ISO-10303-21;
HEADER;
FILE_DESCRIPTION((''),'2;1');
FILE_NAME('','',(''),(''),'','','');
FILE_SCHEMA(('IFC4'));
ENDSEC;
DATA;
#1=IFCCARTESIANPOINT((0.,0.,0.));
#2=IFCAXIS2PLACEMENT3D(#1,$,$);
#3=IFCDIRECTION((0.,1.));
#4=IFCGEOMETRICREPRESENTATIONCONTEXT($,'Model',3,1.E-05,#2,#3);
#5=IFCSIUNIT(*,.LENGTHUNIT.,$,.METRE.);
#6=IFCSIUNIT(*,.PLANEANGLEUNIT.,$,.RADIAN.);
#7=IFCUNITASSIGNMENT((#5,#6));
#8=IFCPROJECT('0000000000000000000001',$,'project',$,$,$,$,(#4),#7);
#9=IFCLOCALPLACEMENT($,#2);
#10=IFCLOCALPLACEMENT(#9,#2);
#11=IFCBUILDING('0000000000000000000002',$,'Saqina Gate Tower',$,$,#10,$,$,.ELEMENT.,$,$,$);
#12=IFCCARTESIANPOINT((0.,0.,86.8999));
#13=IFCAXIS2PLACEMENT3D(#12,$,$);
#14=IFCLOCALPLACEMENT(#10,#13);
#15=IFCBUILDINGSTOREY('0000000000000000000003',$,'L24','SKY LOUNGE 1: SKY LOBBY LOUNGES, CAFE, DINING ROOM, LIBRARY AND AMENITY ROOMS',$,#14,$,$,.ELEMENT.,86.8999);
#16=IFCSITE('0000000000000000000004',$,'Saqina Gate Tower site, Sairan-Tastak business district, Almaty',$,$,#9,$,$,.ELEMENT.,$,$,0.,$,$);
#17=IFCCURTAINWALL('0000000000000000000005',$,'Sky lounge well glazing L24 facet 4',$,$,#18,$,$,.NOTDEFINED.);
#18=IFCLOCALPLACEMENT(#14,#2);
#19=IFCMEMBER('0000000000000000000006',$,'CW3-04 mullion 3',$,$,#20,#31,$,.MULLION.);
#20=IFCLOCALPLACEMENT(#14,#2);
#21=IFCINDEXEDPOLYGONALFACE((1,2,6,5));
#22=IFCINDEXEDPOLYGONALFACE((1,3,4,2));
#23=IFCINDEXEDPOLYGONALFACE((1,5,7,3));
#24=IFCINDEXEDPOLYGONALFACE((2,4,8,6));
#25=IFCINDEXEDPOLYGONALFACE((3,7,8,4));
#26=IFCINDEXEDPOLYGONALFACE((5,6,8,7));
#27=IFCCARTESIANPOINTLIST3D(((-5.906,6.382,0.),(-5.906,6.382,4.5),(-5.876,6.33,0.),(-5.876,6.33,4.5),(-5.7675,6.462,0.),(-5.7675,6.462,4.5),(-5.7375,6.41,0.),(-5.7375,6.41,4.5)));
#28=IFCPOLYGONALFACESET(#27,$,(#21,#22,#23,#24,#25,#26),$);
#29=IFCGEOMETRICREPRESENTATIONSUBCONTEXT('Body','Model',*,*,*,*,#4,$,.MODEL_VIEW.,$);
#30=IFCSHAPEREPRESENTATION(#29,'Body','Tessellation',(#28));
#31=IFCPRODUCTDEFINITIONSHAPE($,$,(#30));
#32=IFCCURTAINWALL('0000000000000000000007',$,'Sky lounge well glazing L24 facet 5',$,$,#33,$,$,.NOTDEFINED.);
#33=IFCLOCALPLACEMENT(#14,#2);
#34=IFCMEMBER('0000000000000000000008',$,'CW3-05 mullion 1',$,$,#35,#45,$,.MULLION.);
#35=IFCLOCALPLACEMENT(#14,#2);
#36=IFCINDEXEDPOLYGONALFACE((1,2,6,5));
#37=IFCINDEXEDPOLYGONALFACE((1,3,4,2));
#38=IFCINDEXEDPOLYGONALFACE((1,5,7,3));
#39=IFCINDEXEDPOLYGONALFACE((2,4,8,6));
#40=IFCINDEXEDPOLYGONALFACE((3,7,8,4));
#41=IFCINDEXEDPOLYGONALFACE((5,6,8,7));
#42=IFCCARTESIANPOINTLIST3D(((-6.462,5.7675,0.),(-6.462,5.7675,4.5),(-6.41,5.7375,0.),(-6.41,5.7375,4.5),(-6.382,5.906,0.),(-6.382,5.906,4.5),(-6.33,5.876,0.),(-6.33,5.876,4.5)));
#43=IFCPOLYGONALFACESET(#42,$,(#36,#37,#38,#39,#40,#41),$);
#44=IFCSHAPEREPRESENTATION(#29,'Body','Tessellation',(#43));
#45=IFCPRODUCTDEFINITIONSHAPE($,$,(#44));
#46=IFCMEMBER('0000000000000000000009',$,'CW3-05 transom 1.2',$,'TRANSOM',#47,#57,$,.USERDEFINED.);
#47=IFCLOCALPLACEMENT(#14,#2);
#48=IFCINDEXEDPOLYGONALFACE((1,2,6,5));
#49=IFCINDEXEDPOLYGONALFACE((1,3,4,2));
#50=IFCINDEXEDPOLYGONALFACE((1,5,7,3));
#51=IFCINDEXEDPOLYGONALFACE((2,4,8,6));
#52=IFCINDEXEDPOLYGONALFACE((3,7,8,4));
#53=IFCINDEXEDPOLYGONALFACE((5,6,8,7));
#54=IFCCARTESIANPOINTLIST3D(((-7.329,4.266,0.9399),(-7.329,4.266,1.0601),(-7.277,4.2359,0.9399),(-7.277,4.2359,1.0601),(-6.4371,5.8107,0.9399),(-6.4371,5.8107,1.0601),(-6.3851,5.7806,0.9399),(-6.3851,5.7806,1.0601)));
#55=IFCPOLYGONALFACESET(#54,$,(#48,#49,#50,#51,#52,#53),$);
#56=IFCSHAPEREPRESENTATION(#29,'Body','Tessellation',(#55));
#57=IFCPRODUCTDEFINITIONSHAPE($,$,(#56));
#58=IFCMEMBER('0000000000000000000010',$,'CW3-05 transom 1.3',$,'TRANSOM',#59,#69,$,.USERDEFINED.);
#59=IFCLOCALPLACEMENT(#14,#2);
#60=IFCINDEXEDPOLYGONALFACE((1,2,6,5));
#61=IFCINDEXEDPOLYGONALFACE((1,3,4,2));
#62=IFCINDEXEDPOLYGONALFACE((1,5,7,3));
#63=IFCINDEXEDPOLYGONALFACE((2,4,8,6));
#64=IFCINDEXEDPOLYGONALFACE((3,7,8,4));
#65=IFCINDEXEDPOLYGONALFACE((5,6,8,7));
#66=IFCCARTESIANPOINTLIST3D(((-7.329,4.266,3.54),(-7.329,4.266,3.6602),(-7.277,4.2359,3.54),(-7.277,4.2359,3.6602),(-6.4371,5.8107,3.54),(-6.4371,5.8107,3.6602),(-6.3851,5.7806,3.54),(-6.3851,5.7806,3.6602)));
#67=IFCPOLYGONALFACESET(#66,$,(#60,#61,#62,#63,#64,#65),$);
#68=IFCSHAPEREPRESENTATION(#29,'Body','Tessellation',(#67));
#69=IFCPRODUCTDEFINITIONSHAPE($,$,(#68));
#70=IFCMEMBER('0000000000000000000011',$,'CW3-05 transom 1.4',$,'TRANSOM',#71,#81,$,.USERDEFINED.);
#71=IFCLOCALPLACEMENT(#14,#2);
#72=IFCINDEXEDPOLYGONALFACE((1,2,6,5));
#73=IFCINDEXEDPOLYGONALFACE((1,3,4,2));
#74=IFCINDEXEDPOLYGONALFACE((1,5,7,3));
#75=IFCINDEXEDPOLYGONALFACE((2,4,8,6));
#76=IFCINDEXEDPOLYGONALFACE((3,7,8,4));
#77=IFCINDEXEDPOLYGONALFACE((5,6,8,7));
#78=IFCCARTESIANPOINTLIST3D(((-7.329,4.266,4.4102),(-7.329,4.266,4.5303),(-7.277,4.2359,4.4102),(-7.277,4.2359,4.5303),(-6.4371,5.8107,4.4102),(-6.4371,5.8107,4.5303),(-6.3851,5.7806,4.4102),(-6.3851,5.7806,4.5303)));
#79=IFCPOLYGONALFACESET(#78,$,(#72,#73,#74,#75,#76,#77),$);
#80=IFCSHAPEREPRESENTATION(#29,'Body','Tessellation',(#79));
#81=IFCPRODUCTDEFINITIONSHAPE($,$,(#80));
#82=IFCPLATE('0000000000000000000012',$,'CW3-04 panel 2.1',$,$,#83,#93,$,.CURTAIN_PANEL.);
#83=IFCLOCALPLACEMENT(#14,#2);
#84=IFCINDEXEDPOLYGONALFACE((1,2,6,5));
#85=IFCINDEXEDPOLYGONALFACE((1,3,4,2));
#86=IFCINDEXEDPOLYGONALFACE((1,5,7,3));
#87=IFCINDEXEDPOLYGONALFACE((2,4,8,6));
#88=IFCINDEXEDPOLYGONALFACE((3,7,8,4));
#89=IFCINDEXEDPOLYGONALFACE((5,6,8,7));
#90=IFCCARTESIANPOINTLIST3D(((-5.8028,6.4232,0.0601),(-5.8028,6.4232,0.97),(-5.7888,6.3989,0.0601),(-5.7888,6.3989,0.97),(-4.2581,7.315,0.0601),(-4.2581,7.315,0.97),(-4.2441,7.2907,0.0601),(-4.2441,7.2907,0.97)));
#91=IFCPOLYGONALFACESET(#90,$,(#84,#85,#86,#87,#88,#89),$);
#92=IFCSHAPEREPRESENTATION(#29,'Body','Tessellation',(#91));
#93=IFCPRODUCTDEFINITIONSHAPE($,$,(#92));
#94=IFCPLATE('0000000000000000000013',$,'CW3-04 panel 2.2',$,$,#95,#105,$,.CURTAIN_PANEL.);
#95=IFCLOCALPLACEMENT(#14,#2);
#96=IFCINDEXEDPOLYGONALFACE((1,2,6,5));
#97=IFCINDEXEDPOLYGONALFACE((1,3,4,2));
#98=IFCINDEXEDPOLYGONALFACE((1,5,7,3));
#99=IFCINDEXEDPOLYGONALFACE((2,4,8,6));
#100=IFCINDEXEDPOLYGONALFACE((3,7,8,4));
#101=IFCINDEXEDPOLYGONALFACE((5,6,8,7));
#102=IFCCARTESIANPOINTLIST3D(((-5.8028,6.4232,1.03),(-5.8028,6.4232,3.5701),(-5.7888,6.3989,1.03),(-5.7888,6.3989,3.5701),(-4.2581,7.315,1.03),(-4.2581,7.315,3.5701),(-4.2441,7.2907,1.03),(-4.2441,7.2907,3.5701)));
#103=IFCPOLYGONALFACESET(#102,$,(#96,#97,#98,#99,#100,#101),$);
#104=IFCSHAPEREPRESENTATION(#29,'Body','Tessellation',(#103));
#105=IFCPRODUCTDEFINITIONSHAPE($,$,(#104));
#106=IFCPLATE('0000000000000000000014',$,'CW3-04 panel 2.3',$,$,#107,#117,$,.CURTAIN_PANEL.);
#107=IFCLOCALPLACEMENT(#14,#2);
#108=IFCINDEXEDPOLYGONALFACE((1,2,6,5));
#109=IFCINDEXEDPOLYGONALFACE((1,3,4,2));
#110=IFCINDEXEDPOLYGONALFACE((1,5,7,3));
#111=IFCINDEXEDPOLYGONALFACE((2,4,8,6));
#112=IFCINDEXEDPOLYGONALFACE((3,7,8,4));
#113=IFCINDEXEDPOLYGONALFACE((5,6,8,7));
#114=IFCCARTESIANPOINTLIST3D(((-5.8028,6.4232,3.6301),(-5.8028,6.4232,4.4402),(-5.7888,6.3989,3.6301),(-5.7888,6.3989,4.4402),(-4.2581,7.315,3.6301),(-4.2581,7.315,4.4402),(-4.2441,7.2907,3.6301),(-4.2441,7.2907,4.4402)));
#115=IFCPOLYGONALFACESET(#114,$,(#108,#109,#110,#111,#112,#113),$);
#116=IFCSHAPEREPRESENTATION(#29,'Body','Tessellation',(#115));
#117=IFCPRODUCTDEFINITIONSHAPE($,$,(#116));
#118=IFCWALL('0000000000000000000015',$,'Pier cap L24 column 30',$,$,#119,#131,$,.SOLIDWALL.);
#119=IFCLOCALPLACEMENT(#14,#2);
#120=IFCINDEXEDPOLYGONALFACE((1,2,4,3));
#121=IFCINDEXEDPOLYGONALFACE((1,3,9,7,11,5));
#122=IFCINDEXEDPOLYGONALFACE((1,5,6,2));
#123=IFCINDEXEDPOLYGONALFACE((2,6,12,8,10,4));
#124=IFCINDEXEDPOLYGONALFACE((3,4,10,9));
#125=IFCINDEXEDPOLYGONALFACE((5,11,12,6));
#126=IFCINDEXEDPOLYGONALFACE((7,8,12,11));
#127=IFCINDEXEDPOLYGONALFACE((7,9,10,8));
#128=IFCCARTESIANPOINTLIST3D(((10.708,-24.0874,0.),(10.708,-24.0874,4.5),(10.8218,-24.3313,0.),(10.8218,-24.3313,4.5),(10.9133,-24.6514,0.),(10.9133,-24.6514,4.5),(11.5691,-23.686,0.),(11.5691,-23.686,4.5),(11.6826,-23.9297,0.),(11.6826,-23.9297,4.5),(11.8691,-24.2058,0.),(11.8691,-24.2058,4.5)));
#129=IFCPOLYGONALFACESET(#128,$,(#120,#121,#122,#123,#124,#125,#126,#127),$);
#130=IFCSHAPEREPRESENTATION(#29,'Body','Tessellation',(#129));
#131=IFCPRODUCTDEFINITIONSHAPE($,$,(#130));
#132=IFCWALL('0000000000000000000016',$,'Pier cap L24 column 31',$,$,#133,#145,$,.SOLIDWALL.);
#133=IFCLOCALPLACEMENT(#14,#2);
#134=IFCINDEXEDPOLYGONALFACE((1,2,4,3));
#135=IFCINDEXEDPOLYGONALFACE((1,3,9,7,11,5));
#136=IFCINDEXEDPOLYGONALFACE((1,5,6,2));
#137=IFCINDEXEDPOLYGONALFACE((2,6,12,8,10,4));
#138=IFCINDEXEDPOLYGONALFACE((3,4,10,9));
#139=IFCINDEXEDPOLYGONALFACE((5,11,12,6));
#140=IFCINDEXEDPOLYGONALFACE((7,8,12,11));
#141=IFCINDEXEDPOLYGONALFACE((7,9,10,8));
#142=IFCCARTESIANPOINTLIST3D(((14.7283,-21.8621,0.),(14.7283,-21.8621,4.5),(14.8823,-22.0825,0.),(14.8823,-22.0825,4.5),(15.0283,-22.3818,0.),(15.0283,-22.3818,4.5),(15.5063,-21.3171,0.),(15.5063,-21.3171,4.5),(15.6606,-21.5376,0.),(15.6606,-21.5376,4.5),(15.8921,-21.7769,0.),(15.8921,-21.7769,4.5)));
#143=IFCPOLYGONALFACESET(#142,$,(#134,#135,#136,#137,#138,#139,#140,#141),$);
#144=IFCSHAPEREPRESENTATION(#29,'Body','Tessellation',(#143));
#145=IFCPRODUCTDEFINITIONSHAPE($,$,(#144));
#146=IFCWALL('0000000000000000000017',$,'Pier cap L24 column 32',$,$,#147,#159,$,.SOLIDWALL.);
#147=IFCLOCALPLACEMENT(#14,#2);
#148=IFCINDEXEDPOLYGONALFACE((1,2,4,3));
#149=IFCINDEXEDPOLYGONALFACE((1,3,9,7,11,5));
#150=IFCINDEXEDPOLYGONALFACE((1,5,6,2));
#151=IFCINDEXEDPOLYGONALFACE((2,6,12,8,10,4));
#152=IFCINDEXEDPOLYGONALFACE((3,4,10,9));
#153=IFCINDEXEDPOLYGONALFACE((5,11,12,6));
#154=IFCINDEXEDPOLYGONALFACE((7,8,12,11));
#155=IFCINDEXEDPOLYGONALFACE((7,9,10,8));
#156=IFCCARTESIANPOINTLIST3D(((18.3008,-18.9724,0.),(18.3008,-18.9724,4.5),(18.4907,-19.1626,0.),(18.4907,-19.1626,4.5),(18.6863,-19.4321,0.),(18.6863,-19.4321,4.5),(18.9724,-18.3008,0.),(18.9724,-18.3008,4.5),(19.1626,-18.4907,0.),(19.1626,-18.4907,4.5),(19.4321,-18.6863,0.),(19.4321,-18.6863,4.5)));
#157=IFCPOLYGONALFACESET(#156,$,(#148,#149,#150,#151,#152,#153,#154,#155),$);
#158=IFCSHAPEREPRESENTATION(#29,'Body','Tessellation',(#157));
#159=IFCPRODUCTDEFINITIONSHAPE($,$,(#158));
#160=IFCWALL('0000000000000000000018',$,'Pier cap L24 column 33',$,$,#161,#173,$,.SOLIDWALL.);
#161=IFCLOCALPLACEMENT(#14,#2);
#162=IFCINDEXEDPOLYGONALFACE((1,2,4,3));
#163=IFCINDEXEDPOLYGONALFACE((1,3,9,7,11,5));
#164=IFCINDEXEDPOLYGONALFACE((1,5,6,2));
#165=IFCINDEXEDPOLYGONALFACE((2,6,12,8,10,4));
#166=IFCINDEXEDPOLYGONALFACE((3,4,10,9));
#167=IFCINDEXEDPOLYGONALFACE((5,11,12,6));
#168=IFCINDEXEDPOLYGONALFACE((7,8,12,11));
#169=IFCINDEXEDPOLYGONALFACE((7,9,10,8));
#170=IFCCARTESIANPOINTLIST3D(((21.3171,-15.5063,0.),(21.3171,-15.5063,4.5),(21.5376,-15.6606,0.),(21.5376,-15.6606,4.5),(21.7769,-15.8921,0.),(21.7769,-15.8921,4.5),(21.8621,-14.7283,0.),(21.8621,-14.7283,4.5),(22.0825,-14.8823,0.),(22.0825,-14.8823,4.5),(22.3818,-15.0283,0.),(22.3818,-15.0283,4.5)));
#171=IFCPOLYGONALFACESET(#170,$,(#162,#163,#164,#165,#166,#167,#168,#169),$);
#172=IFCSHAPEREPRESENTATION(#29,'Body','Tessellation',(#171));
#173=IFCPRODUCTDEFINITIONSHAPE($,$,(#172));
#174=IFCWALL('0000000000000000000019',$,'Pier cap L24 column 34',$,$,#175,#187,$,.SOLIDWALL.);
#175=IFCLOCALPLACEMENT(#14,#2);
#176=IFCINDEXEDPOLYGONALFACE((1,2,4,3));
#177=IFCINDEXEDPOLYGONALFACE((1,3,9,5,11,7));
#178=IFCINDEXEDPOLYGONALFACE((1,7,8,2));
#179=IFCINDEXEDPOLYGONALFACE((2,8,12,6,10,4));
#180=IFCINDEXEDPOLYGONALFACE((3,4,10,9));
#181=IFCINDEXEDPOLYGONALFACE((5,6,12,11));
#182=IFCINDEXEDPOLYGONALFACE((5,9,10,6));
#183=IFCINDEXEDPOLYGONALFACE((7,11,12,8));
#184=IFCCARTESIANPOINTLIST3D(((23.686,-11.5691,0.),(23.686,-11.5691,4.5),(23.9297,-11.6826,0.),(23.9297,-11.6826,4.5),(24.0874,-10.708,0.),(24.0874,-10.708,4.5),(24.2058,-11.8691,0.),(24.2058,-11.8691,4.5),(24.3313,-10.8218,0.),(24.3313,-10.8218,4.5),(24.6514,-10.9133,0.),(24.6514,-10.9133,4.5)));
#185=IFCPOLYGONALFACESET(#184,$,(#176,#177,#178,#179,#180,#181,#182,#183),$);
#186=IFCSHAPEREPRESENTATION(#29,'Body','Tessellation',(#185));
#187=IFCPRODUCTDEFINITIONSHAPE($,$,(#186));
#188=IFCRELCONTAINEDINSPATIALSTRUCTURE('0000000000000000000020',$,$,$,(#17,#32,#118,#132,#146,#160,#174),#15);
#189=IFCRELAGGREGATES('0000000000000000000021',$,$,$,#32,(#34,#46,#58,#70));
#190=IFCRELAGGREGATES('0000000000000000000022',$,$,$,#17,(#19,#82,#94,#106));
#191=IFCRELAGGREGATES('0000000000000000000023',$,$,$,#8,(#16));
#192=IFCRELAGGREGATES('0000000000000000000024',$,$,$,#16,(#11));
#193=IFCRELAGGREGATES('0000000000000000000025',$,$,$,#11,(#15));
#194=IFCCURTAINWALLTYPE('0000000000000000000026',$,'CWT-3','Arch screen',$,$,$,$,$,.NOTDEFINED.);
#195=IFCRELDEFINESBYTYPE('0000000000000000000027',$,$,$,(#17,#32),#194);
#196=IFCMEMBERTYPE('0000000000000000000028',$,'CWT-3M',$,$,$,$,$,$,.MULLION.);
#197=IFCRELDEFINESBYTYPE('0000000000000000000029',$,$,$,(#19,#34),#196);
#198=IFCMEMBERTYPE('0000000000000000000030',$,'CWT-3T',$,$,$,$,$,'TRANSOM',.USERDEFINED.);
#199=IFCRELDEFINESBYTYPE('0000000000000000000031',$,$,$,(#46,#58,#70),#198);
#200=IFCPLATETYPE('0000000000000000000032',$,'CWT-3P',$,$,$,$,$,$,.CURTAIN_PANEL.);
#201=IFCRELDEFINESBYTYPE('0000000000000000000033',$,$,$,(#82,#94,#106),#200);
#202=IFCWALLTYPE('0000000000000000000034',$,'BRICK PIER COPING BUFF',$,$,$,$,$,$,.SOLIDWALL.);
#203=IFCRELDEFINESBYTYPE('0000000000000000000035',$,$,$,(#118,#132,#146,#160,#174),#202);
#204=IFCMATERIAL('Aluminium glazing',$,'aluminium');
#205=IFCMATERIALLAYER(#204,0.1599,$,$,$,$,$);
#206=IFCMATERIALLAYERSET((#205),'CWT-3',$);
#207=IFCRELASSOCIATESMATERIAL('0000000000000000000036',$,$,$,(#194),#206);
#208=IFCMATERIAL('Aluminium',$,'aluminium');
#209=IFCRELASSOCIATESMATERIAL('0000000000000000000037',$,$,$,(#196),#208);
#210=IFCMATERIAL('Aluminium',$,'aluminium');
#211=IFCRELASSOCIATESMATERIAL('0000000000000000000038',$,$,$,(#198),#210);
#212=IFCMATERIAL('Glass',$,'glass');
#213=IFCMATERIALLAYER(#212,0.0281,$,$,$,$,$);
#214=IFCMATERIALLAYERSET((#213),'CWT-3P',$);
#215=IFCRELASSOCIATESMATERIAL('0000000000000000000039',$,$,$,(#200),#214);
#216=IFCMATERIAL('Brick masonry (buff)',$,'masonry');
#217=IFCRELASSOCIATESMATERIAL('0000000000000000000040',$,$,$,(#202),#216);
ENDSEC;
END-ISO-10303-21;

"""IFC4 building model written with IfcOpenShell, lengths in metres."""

from ifc_helpers import new_model, si_unit, direction, frame, origin, origin_2d, place, context, subcontext, project, spatial, polyline, rectangle, outline, extrude, material, layer, layer_set, material_profile, profile_set, type_object, element, aggregate, save


model = new_model("IFC4")

# Units and contexts
model_context = context("Model", 3, precision=1e-05, world=origin(), true_north=direction((0.0, 1.0)))
body_context = subcontext(model_context, "Body", "Model", "MODEL_VIEW")
ifc_project = project(units=[si_unit("LENGTHUNIT", "METRE"), si_unit("PLANEANGLEUNIT", "RADIAN")], contexts=[model_context])

# Site, building, storey
site_placement = place(None, origin())
site = spatial("IfcSite", under=ifc_project, at=site_placement, Name="Saqina Gate Tower site, Sairan-Tastak business district, Almaty", CompositionType="ELEMENT", RefElevation=0.0)
building_placement = place(site_placement, origin())
building = spatial("IfcBuilding", under=site, at=building_placement, Name="Saqina Gate Tower", CompositionType="ELEMENT")
storey_placement = place(building_placement, frame((0.0, 0.0, 86.8999)))
storey = spatial("IfcBuildingStorey", under=building, at=storey_placement, Name="L24", Description="SKY LOUNGE 1: SKY LOBBY LOUNGES, CAFE, DINING ROOM, LIBRARY AND AMENITY ROOMS", CompositionType="ELEMENT", Elevation=86.8999)

# Curtain wall, member
ifc_material_1 = material(Name="Aluminium glazing", Category="aluminium")
ifc_layer_1 = layer(ifc_material_1, 0.1599)
ifc_layer_set_1 = layer_set([ifc_layer_1], Name="CWT-3")
curtain_wall_type = type_object("IfcCurtainWallType", Name="CWT-3", Description="Arch screen", PredefinedType="NOTDEFINED", material=ifc_layer_set_1)
curtain_wall_1_placement = place(storey_placement, origin())
curtain_wall_1 = element("IfcCurtainWall", 1, at=curtain_wall_1_placement, inside=storey, type_object=curtain_wall_type, Name="Sky lounge well glazing L24 facet 4", PredefinedType="NOTDEFINED")
ifc_material_2 = material(Name="Aluminium", Category="aluminium")
ifc_material_profile_1 = material_profile(ifc_material_2, rectangle(XDim=0.0601, YDim=0.1599, at=origin_2d()), Name="Aluminium 60x160")
ifc_profile_set_1 = profile_set([ifc_material_profile_1], Name="Aluminium")
member_type_1 = type_object("IfcMemberType", Name="CWT-3M", PredefinedType="MULLION", material=ifc_profile_set_1)
member_1_placement = place(storey_placement, frame((-5.8218, 6.396, 0.0), z_axis=(0.0, 0.0, 1.0), x_axis=(0.499993, -0.866029, 0.0)))
member_1 = element("IfcMember", 2, at=member_1_placement, type_object=member_type_1, Name="CW3-04 mullion 3", PredefinedType="MULLION", context=body_context, shape_type="SweptSolid", body=[
    extrude(rectangle(XDim=0.0601, YDim=0.1599, at=origin_2d()), origin(), (0.0, 0.0, 1.0), 4.5),
])

# Curtain wall, members
curtain_wall_2_placement = place(storey_placement, origin())
curtain_wall_2 = element("IfcCurtainWall", 3, at=curtain_wall_2_placement, inside=storey, type_object=curtain_wall_type, Name="Sky lounge well glazing L24 facet 5", PredefinedType="NOTDEFINED")
member_2_placement = place(storey_placement, frame((-6.396, 5.8218, 0.0), z_axis=(0.0, 0.0, 1.0), x_axis=(0.866029, -0.499993, 0.0)))
member_2 = element("IfcMember", 4, at=member_2_placement, type_object=member_type_1, Name="CW3-05 mullion 1", PredefinedType="MULLION", context=body_context, shape_type="SweptSolid", body=[
    extrude(rectangle(XDim=0.0601, YDim=0.1599, at=origin_2d()), origin(), (0.0, 0.0, 1.0), 4.5),
])
ifc_material_3 = material(Name="Aluminium", Category="aluminium")
ifc_material_profile_2 = material_profile(ifc_material_3, rectangle(XDim=0.0601, YDim=0.1201, at=origin_2d()), Name="Aluminium 60x120")
ifc_profile_set_2 = profile_set([ifc_material_profile_2], Name="Aluminium")
member_type_2 = type_object("IfcMemberType", Name="CWT-3T", ElementType="TRANSOM", PredefinedType="USERDEFINED", material=ifc_profile_set_2)
member_3_placement = place(storey_placement, frame((-6.4111, 5.7957, 1.0), z_axis=(-0.500011, -0.866019, 0.0), x_axis=(0.866019, -0.500011, 0.0)))
member_3 = element("IfcMember", 5, at=member_3_placement, type_object=member_type_2, Name="CW3-05 transom 1.2", ObjectType="TRANSOM", PredefinedType="USERDEFINED", context=body_context, shape_type="SweptSolid", body=[
    extrude(rectangle(XDim=0.0601, YDim=0.1201, at=origin_2d()), origin(), (0.0, 0.0, 1.0), 1.7837),
])
member_4_placement = place(storey_placement, frame((-6.4111, 5.7957, 3.6001), z_axis=(-0.500011, -0.866019, 0.0), x_axis=(0.866019, -0.500011, 0.0)))
member_4 = element("IfcMember", 6, at=member_4_placement, type_object=member_type_2, Name="CW3-05 transom 1.3", ObjectType="TRANSOM", PredefinedType="USERDEFINED", context=body_context, shape_type="SweptSolid", body=[
    extrude(rectangle(XDim=0.0601, YDim=0.1201, at=origin_2d()), origin(), (0.0, 0.0, 1.0), 1.7837),
])
member_5_placement = place(storey_placement, frame((-6.4111, 5.7957, 4.4702), z_axis=(-0.500011, -0.866019, 0.0), x_axis=(0.866019, -0.500011, 0.0)))
member_5 = element("IfcMember", 7, at=member_5_placement, type_object=member_type_2, Name="CW3-05 transom 1.4", ObjectType="TRANSOM", PredefinedType="USERDEFINED", context=body_context, shape_type="SweptSolid", body=[
    extrude(rectangle(XDim=0.0601, YDim=0.1201, at=origin_2d()), origin(), (0.0, 0.0, 1.0), 1.7837),
])
aggregate(curtain_wall_2, [member_2, member_3, member_4, member_5])

# Plates
ifc_material_4 = material(Name="Glass", Category="glass")
ifc_layer_2 = layer(ifc_material_4, 0.0281)
ifc_layer_set_2 = layer_set([ifc_layer_2], Name="CWT-3P")
plate_type = type_object("IfcPlateType", Name="CWT-3P", PredefinedType="CURTAIN_PANEL", material=ifc_layer_set_2)
plate_1_placement = place(storey_placement, frame((-5.0234, 6.8569, 0.0601), z_axis=(0.0, 0.0, 1.0), x_axis=(-0.866029, -0.499993, 0.0)))
plate_1 = element("IfcPlate", 8, at=plate_1_placement, type_object=plate_type, Name="CW3-04 panel 2.1", PredefinedType="CURTAIN_PANEL", context=body_context, shape_type="SweptSolid", body=[
    extrude(rectangle(XDim=1.7837, YDim=0.0281, at=origin_2d()), origin(), (0.0, 0.0, 1.0), 0.9099),
])
plate_2_placement = place(storey_placement, frame((-5.0234, 6.8569, 1.03), z_axis=(0.0, 0.0, 1.0), x_axis=(-0.866029, -0.499993, 0.0)))
plate_2 = element("IfcPlate", 9, at=plate_2_placement, type_object=plate_type, Name="CW3-04 panel 2.2", PredefinedType="CURTAIN_PANEL", context=body_context, shape_type="SweptSolid", body=[
    extrude(rectangle(XDim=1.7837, YDim=0.0281, at=origin_2d()), origin(), (0.0, 0.0, 1.0), 2.54),
])
plate_3_placement = place(storey_placement, frame((-5.0234, 6.8569, 3.6301), z_axis=(0.0, 0.0, 1.0), x_axis=(-0.866029, -0.499993, 0.0)))
plate_3 = element("IfcPlate", 10, at=plate_3_placement, type_object=plate_type, Name="CW3-04 panel 2.3", PredefinedType="CURTAIN_PANEL", context=body_context, shape_type="SweptSolid", body=[
    extrude(rectangle(XDim=1.7837, YDim=0.0281, at=origin_2d()), origin(), (0.0, 0.0, 1.0), 0.8101),
])
aggregate(curtain_wall_1, [member_1, plate_1, plate_2, plate_3])

# Walls
ifc_material_5 = material(Name="Brick masonry (buff)", Category="masonry")
wall_type_1 = type_object("IfcWallType", Name="BRICK PIER COPING BUFF", PredefinedType="SOLIDWALL", material=ifc_material_5)
wall_1_placement = place(storey_placement, origin())
element("IfcWall", 11, at=wall_1_placement, inside=storey, type_object=wall_type_1, Name="Pier cap L24 column 30", PredefinedType="SOLIDWALL", context=body_context, shape_type="SweptSolid", body=[
    extrude(outline(polyline([(10.9133, -24.6514), (11.8691, -24.2058), (11.5691, -23.686), (11.6826, -23.9297), (10.8218, -24.3313), (10.708, -24.0874), (10.9133, -24.6514)])), origin(), (0.0, 0.0, 1.0), 4.5),
])
wall_2_placement = place(storey_placement, origin())
element("IfcWall", 12, at=wall_2_placement, inside=storey, type_object=wall_type_1, Name="Pier cap L24 column 31", PredefinedType="SOLIDWALL", context=body_context, shape_type="SweptSolid", body=[
    extrude(outline(polyline([(15.8921, -21.7769), (15.5063, -21.3171), (15.6606, -21.5376), (14.8823, -22.0825), (14.7283, -21.8621), (15.0283, -22.3818), (15.8921, -21.7769)])), origin(), (0.0, 0.0, 1.0), 4.5),
])
wall_3_placement = place(storey_placement, origin())
element("IfcWall", 13, at=wall_3_placement, inside=storey, type_object=wall_type_1, Name="Pier cap L24 column 32", PredefinedType="SOLIDWALL", context=body_context, shape_type="SweptSolid", body=[
    extrude(outline(polyline([(18.6863, -19.4321), (19.4321, -18.6863), (18.9724, -18.3008), (19.1626, -18.4907), (18.4907, -19.1626), (18.3008, -18.9724), (18.6863, -19.4321)])), origin(), (0.0, 0.0, 1.0), 4.5),
])
wall_4_placement = place(storey_placement, origin())
element("IfcWall", 14, at=wall_4_placement, inside=storey, type_object=wall_type_1, Name="Pier cap L24 column 33", PredefinedType="SOLIDWALL", context=body_context, shape_type="SweptSolid", body=[
    extrude(outline(polyline([(22.3818, -15.0283), (21.8621, -14.7283), (22.0825, -14.8823), (21.5376, -15.6606), (21.3171, -15.5063), (21.7769, -15.8921), (22.3818, -15.0283)])), origin(), (0.0, 0.0, 1.0), 4.5),
])
wall_5_placement = place(storey_placement, origin())
element("IfcWall", 15, at=wall_5_placement, inside=storey, type_object=wall_type_1, Name="Pier cap L24 column 34", PredefinedType="SOLIDWALL", context=body_context, shape_type="SweptSolid", body=[
    extrude(outline(polyline([(24.6514, -10.9133), (24.0874, -10.708), (24.3313, -10.8218), (23.9297, -11.6826), (23.686, -11.5691), (24.2058, -11.8691), (24.6514, -10.9133)])), origin(), (0.0, 0.0, 1.0), 4.5),
])

save(model, "model.ifc")
